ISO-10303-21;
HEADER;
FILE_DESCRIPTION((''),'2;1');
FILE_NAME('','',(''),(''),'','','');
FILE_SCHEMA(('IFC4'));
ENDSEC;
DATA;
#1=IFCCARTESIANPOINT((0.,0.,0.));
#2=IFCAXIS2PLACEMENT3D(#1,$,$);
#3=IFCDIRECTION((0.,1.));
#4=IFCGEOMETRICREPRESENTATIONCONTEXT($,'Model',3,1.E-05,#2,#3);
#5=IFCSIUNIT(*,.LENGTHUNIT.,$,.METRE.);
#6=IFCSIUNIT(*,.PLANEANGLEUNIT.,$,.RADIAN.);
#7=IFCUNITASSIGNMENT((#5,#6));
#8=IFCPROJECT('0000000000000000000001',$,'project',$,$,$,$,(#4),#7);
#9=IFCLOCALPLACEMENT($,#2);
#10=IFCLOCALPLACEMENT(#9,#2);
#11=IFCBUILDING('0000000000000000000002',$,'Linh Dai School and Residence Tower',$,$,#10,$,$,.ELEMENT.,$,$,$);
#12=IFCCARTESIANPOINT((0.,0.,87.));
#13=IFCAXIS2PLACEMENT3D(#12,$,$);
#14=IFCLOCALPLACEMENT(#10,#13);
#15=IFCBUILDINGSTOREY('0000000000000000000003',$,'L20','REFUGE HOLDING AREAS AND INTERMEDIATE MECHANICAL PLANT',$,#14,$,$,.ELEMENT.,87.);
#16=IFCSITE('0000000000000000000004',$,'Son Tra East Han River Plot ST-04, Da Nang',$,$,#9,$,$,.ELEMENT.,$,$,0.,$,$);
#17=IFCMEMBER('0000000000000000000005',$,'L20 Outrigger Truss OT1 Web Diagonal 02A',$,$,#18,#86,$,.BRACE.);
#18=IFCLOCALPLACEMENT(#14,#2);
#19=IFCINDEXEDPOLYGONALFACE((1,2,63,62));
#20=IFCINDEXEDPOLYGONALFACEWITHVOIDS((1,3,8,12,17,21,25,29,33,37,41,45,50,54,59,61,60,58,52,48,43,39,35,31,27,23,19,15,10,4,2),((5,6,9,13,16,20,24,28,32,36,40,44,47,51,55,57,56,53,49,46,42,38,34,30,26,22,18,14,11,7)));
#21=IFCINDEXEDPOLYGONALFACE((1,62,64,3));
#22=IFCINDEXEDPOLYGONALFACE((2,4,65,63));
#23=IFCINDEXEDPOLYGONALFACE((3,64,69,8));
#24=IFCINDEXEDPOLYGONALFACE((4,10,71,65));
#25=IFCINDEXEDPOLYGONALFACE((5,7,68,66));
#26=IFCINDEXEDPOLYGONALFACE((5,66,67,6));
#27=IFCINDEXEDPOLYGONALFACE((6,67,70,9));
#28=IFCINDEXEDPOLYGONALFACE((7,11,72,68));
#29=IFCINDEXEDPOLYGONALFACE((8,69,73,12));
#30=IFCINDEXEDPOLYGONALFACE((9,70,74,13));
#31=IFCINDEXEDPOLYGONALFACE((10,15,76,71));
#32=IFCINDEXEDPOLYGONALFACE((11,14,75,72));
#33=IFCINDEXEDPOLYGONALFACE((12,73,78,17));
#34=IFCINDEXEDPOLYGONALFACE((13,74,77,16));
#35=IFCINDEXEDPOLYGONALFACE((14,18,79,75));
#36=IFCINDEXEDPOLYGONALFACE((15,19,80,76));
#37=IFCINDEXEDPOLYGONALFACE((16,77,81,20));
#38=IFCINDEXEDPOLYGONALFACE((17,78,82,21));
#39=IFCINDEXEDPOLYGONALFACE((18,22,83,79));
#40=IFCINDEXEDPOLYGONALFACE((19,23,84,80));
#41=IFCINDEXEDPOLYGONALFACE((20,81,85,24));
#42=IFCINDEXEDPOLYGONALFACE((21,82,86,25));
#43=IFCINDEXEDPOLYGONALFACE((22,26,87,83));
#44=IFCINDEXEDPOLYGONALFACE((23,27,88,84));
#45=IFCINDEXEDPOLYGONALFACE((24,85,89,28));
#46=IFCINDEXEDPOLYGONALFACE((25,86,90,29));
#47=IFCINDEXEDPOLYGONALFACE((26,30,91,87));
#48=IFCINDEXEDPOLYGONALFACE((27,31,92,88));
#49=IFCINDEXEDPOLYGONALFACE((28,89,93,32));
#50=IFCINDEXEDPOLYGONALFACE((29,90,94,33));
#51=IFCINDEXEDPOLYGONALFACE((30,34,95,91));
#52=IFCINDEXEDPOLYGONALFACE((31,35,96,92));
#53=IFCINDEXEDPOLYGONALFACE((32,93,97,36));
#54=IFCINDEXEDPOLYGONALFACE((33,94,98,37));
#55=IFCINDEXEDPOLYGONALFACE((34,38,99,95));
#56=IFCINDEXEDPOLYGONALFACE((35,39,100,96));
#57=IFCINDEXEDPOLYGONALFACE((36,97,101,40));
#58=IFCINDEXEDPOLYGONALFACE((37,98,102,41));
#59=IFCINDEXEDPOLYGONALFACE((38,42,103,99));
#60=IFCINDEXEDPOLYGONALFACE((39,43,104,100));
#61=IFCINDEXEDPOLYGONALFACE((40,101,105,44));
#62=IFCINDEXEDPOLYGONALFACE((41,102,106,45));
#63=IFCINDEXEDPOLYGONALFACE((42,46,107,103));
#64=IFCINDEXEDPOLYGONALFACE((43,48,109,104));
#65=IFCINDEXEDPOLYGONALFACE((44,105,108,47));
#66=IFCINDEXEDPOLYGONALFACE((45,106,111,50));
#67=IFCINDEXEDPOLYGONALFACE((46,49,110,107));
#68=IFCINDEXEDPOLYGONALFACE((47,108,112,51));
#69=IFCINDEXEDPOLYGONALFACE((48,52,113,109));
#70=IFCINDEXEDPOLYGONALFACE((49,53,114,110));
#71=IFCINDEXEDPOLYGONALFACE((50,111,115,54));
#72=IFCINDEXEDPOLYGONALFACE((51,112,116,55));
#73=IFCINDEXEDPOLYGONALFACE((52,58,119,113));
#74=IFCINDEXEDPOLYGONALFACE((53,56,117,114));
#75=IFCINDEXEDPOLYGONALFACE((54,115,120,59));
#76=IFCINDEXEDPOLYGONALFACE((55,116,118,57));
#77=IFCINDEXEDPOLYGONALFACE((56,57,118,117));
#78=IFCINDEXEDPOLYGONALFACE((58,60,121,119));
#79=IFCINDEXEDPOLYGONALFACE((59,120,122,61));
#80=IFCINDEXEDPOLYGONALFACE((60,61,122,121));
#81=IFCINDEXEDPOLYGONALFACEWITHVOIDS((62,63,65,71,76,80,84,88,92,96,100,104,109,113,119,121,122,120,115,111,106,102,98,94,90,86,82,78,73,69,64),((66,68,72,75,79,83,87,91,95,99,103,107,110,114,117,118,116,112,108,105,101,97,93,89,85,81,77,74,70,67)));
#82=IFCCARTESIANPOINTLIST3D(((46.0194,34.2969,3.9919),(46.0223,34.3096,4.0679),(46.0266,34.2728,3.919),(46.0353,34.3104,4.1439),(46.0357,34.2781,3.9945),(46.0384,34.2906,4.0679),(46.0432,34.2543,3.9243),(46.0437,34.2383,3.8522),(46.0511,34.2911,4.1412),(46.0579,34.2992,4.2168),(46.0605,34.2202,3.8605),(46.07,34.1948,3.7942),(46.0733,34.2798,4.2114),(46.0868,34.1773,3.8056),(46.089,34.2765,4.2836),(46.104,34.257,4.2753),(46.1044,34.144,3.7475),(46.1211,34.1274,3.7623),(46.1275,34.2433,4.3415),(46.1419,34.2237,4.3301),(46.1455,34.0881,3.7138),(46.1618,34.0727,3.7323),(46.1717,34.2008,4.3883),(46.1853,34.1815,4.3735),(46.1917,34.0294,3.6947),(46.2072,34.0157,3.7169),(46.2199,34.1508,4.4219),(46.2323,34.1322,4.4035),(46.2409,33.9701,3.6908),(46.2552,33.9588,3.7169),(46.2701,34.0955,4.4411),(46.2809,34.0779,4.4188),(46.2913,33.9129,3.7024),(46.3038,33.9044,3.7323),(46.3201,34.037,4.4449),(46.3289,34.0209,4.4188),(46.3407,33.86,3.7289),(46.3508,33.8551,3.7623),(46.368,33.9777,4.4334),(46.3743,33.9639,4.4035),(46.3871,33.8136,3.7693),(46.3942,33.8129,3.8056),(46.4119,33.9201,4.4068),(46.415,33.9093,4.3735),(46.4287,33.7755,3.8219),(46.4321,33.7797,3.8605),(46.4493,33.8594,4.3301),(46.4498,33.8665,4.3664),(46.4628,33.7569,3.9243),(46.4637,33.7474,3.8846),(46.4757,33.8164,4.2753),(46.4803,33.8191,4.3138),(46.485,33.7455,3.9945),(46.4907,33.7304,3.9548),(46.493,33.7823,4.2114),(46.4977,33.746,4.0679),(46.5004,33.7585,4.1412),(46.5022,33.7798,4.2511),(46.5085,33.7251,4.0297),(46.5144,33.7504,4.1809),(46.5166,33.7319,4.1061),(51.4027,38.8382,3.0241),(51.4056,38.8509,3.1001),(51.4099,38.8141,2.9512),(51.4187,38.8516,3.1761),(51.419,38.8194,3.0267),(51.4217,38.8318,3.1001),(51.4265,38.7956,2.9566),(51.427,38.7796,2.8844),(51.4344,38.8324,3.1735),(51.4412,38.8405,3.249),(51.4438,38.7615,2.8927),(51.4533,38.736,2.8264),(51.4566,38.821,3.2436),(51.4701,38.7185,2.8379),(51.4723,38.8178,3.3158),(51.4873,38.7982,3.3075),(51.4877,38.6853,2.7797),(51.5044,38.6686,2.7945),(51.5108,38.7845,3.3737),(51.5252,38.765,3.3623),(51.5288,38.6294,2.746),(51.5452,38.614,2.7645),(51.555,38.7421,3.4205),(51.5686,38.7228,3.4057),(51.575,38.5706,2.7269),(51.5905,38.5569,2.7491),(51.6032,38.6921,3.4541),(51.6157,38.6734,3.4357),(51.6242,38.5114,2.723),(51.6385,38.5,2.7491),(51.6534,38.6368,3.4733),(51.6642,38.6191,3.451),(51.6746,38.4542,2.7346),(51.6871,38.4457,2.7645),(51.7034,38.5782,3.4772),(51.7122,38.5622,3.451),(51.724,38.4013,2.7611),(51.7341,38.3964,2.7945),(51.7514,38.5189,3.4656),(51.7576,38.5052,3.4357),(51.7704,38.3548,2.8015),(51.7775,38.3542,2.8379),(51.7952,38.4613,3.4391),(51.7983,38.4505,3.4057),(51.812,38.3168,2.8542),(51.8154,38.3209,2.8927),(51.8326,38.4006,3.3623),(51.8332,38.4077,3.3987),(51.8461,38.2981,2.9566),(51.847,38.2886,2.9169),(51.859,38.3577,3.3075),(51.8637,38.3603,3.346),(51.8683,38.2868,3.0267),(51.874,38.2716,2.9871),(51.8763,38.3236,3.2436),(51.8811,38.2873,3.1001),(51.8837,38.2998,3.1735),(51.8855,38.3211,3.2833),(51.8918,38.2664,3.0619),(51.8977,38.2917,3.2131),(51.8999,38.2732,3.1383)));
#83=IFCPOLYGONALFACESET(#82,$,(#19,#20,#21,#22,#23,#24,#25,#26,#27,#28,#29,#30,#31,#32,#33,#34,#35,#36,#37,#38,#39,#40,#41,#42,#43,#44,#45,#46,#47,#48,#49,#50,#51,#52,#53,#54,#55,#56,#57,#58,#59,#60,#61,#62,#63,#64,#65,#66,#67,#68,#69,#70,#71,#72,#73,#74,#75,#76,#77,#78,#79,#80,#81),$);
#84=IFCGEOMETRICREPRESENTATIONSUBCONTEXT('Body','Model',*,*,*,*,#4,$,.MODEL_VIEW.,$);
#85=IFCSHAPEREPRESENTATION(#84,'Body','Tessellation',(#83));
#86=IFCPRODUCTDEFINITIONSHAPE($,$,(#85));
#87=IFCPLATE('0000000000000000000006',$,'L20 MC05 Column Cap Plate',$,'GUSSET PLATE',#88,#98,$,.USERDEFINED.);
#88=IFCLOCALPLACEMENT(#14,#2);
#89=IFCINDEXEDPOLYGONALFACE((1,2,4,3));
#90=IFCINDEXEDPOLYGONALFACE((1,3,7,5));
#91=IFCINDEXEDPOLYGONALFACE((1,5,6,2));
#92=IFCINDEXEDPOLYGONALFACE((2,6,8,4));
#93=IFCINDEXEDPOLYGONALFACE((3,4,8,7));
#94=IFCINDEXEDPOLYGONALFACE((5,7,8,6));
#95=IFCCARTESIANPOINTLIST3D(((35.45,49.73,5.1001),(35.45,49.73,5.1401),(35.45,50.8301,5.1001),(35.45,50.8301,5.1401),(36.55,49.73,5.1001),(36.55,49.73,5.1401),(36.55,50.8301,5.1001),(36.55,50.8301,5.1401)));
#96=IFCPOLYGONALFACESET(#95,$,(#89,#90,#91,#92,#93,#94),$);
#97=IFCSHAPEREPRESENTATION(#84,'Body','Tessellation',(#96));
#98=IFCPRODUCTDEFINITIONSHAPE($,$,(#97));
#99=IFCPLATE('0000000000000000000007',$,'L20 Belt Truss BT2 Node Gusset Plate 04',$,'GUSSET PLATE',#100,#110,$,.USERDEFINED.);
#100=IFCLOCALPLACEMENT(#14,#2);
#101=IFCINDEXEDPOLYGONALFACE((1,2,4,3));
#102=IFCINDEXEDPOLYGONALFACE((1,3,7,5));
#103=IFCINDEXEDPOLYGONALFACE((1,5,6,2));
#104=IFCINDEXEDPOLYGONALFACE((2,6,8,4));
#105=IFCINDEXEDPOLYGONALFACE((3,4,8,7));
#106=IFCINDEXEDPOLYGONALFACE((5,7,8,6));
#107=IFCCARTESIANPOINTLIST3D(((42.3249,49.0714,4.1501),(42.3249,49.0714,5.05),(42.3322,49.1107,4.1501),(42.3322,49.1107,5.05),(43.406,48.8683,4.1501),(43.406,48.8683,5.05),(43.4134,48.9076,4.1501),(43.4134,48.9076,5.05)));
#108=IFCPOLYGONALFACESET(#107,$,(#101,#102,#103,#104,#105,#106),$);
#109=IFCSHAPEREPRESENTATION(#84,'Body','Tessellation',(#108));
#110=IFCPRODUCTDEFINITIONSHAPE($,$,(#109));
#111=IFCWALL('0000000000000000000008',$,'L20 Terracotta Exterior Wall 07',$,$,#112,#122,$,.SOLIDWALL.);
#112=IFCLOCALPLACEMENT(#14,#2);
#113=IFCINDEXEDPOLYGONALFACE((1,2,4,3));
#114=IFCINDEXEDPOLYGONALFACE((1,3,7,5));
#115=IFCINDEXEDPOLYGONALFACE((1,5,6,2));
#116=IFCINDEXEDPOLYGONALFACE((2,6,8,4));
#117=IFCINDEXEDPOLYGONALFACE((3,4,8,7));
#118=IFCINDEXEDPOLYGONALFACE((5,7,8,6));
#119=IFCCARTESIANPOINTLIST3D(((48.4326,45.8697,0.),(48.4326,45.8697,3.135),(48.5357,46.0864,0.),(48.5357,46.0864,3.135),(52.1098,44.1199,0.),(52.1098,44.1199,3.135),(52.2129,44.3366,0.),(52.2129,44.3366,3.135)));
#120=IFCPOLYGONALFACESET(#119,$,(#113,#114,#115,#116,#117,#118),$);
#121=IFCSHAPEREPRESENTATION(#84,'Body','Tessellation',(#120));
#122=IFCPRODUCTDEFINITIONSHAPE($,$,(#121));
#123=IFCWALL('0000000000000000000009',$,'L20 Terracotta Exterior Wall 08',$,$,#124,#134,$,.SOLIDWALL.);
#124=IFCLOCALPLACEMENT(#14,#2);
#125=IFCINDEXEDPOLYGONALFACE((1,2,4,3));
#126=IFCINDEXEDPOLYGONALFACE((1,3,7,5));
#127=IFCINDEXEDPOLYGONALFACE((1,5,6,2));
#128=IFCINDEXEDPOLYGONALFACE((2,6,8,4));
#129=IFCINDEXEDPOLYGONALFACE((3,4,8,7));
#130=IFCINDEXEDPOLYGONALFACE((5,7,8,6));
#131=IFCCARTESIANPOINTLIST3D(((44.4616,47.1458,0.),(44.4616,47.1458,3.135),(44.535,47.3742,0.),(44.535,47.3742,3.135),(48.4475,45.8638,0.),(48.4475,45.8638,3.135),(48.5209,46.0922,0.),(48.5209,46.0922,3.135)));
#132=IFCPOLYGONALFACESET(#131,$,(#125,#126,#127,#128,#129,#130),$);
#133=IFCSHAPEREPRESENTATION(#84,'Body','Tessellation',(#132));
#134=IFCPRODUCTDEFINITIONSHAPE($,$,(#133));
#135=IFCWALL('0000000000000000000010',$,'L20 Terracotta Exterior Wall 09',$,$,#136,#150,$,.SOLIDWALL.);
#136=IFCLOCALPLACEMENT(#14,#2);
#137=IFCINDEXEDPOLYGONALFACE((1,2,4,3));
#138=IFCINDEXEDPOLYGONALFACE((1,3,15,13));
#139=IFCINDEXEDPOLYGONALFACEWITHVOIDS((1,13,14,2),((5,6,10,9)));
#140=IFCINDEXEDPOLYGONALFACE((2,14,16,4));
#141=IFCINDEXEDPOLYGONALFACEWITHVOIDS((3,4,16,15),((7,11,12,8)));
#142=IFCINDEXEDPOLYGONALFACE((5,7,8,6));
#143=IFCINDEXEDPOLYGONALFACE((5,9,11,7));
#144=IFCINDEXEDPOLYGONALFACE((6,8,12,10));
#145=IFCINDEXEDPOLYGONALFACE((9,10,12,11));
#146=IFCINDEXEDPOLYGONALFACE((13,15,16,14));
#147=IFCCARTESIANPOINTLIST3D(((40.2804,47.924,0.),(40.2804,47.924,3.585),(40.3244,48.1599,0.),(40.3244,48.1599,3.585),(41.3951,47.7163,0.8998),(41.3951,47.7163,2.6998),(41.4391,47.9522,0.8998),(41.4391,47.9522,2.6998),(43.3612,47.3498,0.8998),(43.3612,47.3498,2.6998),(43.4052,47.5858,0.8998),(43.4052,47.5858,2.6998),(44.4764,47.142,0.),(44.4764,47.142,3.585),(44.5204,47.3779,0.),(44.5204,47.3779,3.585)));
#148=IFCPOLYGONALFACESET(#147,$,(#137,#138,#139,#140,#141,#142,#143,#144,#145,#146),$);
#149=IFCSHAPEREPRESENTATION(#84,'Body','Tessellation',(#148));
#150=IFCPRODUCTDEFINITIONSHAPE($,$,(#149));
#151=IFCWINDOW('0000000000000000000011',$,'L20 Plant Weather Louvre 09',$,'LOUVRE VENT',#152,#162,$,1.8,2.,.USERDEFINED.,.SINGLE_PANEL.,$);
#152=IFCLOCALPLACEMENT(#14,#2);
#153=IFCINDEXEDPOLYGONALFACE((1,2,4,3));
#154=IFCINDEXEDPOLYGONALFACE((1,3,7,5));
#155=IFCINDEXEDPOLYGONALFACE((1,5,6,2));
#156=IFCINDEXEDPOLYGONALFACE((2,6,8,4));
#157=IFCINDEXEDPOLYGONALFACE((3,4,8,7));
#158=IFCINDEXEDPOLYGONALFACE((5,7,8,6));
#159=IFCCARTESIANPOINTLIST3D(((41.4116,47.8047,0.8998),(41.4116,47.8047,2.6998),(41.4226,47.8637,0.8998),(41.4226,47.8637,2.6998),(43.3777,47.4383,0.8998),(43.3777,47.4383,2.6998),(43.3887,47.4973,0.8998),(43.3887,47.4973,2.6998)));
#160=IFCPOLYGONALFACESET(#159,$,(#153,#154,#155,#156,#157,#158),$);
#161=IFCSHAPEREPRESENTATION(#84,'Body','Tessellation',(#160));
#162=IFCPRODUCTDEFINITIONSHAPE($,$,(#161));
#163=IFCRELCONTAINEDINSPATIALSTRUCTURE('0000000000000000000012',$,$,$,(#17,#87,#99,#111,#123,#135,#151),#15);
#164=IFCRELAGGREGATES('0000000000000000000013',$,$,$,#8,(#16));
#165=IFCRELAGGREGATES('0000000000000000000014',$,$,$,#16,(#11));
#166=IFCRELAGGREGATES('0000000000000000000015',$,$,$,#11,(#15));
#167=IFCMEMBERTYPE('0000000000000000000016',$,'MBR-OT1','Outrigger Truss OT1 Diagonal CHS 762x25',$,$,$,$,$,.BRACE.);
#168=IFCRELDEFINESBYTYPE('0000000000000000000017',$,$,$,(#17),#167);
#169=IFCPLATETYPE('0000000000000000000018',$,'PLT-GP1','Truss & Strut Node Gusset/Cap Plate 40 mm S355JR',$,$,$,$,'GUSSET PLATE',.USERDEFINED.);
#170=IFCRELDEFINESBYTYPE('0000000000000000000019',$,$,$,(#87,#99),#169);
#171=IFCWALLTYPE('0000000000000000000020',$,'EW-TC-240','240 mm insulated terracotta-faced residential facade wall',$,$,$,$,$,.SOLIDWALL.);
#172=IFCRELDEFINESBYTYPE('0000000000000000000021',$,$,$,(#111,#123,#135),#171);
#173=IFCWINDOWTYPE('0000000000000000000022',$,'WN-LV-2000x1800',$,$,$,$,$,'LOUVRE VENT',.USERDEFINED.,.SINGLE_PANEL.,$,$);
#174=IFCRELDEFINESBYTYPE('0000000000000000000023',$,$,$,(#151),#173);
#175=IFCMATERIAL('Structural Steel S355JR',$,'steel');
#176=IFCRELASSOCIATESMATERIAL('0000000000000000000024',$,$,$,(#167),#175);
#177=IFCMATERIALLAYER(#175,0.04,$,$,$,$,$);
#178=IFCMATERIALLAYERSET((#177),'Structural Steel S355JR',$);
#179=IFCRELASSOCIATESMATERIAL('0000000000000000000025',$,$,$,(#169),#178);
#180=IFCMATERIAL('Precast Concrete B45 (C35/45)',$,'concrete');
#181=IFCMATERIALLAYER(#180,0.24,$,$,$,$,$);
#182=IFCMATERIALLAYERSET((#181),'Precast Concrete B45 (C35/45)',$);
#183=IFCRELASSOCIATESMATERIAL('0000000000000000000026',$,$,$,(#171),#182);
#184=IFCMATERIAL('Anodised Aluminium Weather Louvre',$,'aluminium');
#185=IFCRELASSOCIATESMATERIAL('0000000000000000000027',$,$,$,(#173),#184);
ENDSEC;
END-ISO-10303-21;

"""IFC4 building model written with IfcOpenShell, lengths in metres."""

from ifc_helpers import new_model, si_unit, direction, frame, frame_2d, origin, origin_2d, place, context, subcontext, project, spatial, rectangle, hollow_circle, extrude, source, transform, mapped, material, layer, layer_set, material_profile, profile_set, type_object, element, fill, save


model = new_model("IFC4")

# Units and contexts
model_context = context("Model", 3, precision=1e-05, world=origin(), true_north=direction((0.0, 1.0)))
body_context = subcontext(model_context, "Body", "Model", "MODEL_VIEW")
ifc_project = project(units=[si_unit("LENGTHUNIT", "METRE"), si_unit("PLANEANGLEUNIT", "RADIAN")], contexts=[model_context])

# Site, building, storey
site_placement = place(None, origin())
site = spatial("IfcSite", under=ifc_project, at=site_placement, Name="Son Tra East Han River Plot ST-04, Da Nang", CompositionType="ELEMENT", RefElevation=0.0)
building_placement = place(site_placement, origin())
building = spatial("IfcBuilding", under=site, at=building_placement, Name="Linh Dai School and Residence Tower", CompositionType="ELEMENT")
storey_placement = place(building_placement, frame((0.0, 0.0, 87.0)))
storey = spatial("IfcBuildingStorey", under=building, at=storey_placement, Name="L20", Description="REFUGE HOLDING AREAS AND INTERMEDIATE MECHANICAL PLANT", CompositionType="ELEMENT", Elevation=87.0)

# Shared definitions
ifc_material_1 = material(Name="Structural Steel S355JR", Category="steel")

# Member
ifc_material_profile_1 = material_profile(ifc_material_1, hollow_circle(Radius=0.3811, WallThickness=0.0249, at=origin_2d()), Name="CHS 762x25")
ifc_profile_set_1 = profile_set([ifc_material_profile_1], Name="Structural Steel S355JR")
member_type = type_object("IfcMemberType", Name="MBR-OT1", Description="Outrigger Truss OT1 Diagonal CHS 762x25", PredefinedType="BRACE", material=ifc_profile_set_1)
member_1_placement = place(storey_placement, frame((46.2681, 34.0183, 4.0679), z_axis=(0.757239, 0.638794, -0.136131), x_axis=(-0.644796, 0.764354, 0.0)))
element("IfcMember", 1, at=member_1_placement, inside=storey, type_object=member_type, Name="L20 Outrigger Truss OT1 Web Diagonal 02A", PredefinedType="BRACE", context=body_context, shape_type="SweptSolid", body=[
    extrude(hollow_circle(Radius=0.3811, WallThickness=0.0249, at=origin_2d()), origin(), (0.0, 0.0, 1.0), 7.1091),
])

# Plates
ifc_layer_1 = layer(ifc_material_1, 0.04)
ifc_layer_set_1 = layer_set([ifc_layer_1], Name="Structural Steel S355JR")
plate_type = type_object("IfcPlateType", Name="PLT-GP1", Description="Truss & Strut Node Gusset/Cap Plate 40 mm S355JR", ElementType="GUSSET PLATE", PredefinedType="USERDEFINED", material=ifc_layer_set_1)
shared_shape_1 = source(origin(), body_context, "Body", "SweptSolid", [
    extrude(rectangle(XDim=1.1001, YDim=1.1001, at=origin_2d()), origin(), (0.0, 0.0, 1.0), 0.04),
])
plate_1_placement = place(storey_placement, frame((36.0, 50.28, 5.1001), z_axis=(0.0, 0.0, 1.0), x_axis=(1.0, 0.0, 0.0)))
element("IfcPlate", 2, at=plate_1_placement, inside=storey, type_object=plate_type, Name="L20 MC05 Column Cap Plate", ObjectType="GUSSET PLATE", PredefinedType="USERDEFINED", context=body_context, shape_type="MappedRepresentation", body=[
    mapped(shared_shape_1, transform((0.0, 0.0, 0.0), x_axis=(1.0, 0.0, 0.0), y_axis=(0.0, 1.0, 0.0), z_axis=(0.0, 0.0, 1.0), scale=1.0)),
])
shared_shape_2 = source(origin(), body_context, "Body", "SweptSolid", [
    extrude(rectangle(XDim=1.1001, YDim=0.04, at=origin_2d()), origin(), (0.0, 0.0, 1.0), 0.8999),
])
plate_2_placement = place(storey_placement, frame((42.8691, 48.9895, 4.1501), z_axis=(0.0, 0.0, 1.0), x_axis=(-0.982809, 0.184627, 0.0)))
element("IfcPlate", 3, at=plate_2_placement, inside=storey, type_object=plate_type, Name="L20 Belt Truss BT2 Node Gusset Plate 04", ObjectType="GUSSET PLATE", PredefinedType="USERDEFINED", context=body_context, shape_type="MappedRepresentation", body=[
    mapped(shared_shape_2, transform((0.0, 0.0, 0.0), x_axis=(1.0, 0.0, 0.0), y_axis=(0.0, 1.0, 0.0), z_axis=(0.0, 0.0, 1.0), scale=1.0)),
])

# Walls
ifc_material_2 = material(Name="Precast Concrete B45 (C35/45)", Category="concrete")
ifc_layer_2 = layer(ifc_material_2, 0.24)
ifc_layer_set_2 = layer_set([ifc_layer_2], Name="Precast Concrete B45 (C35/45)")
wall_type_1 = type_object("IfcWallType", Name="EW-TC-240", Description="240 mm insulated terracotta-faced residential facade wall", PredefinedType="SOLIDWALL", material=ifc_layer_set_2)
wall_1_placement = place(storey_placement, frame((48.4841, 45.978, 0.0), z_axis=(0.0, 0.0, 1.0), x_axis=(0.902986, -0.429671, 0.0)))
element("IfcWall", 4, at=wall_1_placement, inside=storey, type_object=wall_type_1, Name="L20 Terracotta Exterior Wall 07", PredefinedType="SOLIDWALL", context=body_context, shape_type="SweptSolid", body=[
    extrude(rectangle(XDim=4.0723, YDim=0.24, at=frame_2d((2.0361, 0.0))), origin(), (0.0, 0.0, 1.0), 3.135),
])
wall_2_placement = place(storey_placement, frame((44.4983, 47.26, 0.0), z_axis=(0.0, 0.0, 1.0), x_axis=(0.951972, -0.306187, 0.0)))
element("IfcWall", 5, at=wall_2_placement, inside=storey, type_object=wall_type_1, Name="L20 Terracotta Exterior Wall 08", PredefinedType="SOLIDWALL", context=body_context, shape_type="SweptSolid", body=[
    extrude(rectangle(XDim=4.187, YDim=0.24, at=frame_2d((2.0935, 0.0))), origin(), (0.0, 0.0, 1.0), 3.135),
])

# Wall, opening, window
wall_3_placement = place(storey_placement, frame((40.3022, 48.042, 0.0), z_axis=(0.0, 0.0, 1.0), x_axis=(0.983074, -0.183207, 0.0)))
wall_3 = element("IfcWall", 6, at=wall_3_placement, inside=storey, type_object=wall_type_1, Name="L20 Terracotta Exterior Wall 09", PredefinedType="SOLIDWALL", context=body_context, shape_type="SweptSolid", body=[
    extrude(rectangle(XDim=4.2683, YDim=0.24, at=frame_2d((2.1343, 0.0))), origin(), (0.0, 0.0, 1.0), 3.585),
])
opening_1_placement = place(wall_3_placement, frame((1.134, 0.0, 0.8999)))
opening_1 = element("IfcOpeningElement", 7, at=opening_1_placement, cuts=wall_3, PredefinedType="OPENING", context=body_context, shape_type="SweptSolid", body=[
    extrude(rectangle(XDim=2.0, YDim=1.8, at=origin_2d()), frame((1.0, 0.1299, 0.8999), z_axis=(0.0, -1.0, 0.0), x_axis=(1.0, 0.0, 0.0)), (0.0, 0.0, 1.0), 0.26),
])
ifc_material_3 = material(Name="Anodised Aluminium Weather Louvre", Category="aluminium")
window_type = type_object("IfcWindowType", Name="WN-LV-2000x1800", ElementType="LOUVRE VENT", PartitioningType="SINGLE_PANEL", PredefinedType="USERDEFINED", material=ifc_material_3)
shared_shape_3 = source(origin(), body_context, "Body", "SweptSolid", [
    extrude(rectangle(XDim=2.0, YDim=1.8, at=origin_2d()), frame((1.0, 0.03, 0.8999), z_axis=(0.0, -1.0, 0.0), x_axis=(1.0, 0.0, 0.0)), (0.0, 0.0, 1.0), 0.0601),
])
window_placement = place(opening_1_placement, origin())
window = element("IfcWindow", 8, at=window_placement, inside=storey, type_object=window_type, Name="L20 Plant Weather Louvre 09", ObjectType="LOUVRE VENT", OverallHeight=1.8, OverallWidth=2.0, PartitioningType="SINGLE_PANEL", PredefinedType="USERDEFINED", context=body_context, shape_type="MappedRepresentation", body=[
    mapped(shared_shape_3, transform((0.0, 0.0, 0.0), x_axis=(1.0, 0.0, 0.0), y_axis=(0.0, 1.0, 0.0), z_axis=(0.0, 0.0, 1.0), scale=1.0)),
])
fill(opening_1, window)

save(model, "model.ifc")
